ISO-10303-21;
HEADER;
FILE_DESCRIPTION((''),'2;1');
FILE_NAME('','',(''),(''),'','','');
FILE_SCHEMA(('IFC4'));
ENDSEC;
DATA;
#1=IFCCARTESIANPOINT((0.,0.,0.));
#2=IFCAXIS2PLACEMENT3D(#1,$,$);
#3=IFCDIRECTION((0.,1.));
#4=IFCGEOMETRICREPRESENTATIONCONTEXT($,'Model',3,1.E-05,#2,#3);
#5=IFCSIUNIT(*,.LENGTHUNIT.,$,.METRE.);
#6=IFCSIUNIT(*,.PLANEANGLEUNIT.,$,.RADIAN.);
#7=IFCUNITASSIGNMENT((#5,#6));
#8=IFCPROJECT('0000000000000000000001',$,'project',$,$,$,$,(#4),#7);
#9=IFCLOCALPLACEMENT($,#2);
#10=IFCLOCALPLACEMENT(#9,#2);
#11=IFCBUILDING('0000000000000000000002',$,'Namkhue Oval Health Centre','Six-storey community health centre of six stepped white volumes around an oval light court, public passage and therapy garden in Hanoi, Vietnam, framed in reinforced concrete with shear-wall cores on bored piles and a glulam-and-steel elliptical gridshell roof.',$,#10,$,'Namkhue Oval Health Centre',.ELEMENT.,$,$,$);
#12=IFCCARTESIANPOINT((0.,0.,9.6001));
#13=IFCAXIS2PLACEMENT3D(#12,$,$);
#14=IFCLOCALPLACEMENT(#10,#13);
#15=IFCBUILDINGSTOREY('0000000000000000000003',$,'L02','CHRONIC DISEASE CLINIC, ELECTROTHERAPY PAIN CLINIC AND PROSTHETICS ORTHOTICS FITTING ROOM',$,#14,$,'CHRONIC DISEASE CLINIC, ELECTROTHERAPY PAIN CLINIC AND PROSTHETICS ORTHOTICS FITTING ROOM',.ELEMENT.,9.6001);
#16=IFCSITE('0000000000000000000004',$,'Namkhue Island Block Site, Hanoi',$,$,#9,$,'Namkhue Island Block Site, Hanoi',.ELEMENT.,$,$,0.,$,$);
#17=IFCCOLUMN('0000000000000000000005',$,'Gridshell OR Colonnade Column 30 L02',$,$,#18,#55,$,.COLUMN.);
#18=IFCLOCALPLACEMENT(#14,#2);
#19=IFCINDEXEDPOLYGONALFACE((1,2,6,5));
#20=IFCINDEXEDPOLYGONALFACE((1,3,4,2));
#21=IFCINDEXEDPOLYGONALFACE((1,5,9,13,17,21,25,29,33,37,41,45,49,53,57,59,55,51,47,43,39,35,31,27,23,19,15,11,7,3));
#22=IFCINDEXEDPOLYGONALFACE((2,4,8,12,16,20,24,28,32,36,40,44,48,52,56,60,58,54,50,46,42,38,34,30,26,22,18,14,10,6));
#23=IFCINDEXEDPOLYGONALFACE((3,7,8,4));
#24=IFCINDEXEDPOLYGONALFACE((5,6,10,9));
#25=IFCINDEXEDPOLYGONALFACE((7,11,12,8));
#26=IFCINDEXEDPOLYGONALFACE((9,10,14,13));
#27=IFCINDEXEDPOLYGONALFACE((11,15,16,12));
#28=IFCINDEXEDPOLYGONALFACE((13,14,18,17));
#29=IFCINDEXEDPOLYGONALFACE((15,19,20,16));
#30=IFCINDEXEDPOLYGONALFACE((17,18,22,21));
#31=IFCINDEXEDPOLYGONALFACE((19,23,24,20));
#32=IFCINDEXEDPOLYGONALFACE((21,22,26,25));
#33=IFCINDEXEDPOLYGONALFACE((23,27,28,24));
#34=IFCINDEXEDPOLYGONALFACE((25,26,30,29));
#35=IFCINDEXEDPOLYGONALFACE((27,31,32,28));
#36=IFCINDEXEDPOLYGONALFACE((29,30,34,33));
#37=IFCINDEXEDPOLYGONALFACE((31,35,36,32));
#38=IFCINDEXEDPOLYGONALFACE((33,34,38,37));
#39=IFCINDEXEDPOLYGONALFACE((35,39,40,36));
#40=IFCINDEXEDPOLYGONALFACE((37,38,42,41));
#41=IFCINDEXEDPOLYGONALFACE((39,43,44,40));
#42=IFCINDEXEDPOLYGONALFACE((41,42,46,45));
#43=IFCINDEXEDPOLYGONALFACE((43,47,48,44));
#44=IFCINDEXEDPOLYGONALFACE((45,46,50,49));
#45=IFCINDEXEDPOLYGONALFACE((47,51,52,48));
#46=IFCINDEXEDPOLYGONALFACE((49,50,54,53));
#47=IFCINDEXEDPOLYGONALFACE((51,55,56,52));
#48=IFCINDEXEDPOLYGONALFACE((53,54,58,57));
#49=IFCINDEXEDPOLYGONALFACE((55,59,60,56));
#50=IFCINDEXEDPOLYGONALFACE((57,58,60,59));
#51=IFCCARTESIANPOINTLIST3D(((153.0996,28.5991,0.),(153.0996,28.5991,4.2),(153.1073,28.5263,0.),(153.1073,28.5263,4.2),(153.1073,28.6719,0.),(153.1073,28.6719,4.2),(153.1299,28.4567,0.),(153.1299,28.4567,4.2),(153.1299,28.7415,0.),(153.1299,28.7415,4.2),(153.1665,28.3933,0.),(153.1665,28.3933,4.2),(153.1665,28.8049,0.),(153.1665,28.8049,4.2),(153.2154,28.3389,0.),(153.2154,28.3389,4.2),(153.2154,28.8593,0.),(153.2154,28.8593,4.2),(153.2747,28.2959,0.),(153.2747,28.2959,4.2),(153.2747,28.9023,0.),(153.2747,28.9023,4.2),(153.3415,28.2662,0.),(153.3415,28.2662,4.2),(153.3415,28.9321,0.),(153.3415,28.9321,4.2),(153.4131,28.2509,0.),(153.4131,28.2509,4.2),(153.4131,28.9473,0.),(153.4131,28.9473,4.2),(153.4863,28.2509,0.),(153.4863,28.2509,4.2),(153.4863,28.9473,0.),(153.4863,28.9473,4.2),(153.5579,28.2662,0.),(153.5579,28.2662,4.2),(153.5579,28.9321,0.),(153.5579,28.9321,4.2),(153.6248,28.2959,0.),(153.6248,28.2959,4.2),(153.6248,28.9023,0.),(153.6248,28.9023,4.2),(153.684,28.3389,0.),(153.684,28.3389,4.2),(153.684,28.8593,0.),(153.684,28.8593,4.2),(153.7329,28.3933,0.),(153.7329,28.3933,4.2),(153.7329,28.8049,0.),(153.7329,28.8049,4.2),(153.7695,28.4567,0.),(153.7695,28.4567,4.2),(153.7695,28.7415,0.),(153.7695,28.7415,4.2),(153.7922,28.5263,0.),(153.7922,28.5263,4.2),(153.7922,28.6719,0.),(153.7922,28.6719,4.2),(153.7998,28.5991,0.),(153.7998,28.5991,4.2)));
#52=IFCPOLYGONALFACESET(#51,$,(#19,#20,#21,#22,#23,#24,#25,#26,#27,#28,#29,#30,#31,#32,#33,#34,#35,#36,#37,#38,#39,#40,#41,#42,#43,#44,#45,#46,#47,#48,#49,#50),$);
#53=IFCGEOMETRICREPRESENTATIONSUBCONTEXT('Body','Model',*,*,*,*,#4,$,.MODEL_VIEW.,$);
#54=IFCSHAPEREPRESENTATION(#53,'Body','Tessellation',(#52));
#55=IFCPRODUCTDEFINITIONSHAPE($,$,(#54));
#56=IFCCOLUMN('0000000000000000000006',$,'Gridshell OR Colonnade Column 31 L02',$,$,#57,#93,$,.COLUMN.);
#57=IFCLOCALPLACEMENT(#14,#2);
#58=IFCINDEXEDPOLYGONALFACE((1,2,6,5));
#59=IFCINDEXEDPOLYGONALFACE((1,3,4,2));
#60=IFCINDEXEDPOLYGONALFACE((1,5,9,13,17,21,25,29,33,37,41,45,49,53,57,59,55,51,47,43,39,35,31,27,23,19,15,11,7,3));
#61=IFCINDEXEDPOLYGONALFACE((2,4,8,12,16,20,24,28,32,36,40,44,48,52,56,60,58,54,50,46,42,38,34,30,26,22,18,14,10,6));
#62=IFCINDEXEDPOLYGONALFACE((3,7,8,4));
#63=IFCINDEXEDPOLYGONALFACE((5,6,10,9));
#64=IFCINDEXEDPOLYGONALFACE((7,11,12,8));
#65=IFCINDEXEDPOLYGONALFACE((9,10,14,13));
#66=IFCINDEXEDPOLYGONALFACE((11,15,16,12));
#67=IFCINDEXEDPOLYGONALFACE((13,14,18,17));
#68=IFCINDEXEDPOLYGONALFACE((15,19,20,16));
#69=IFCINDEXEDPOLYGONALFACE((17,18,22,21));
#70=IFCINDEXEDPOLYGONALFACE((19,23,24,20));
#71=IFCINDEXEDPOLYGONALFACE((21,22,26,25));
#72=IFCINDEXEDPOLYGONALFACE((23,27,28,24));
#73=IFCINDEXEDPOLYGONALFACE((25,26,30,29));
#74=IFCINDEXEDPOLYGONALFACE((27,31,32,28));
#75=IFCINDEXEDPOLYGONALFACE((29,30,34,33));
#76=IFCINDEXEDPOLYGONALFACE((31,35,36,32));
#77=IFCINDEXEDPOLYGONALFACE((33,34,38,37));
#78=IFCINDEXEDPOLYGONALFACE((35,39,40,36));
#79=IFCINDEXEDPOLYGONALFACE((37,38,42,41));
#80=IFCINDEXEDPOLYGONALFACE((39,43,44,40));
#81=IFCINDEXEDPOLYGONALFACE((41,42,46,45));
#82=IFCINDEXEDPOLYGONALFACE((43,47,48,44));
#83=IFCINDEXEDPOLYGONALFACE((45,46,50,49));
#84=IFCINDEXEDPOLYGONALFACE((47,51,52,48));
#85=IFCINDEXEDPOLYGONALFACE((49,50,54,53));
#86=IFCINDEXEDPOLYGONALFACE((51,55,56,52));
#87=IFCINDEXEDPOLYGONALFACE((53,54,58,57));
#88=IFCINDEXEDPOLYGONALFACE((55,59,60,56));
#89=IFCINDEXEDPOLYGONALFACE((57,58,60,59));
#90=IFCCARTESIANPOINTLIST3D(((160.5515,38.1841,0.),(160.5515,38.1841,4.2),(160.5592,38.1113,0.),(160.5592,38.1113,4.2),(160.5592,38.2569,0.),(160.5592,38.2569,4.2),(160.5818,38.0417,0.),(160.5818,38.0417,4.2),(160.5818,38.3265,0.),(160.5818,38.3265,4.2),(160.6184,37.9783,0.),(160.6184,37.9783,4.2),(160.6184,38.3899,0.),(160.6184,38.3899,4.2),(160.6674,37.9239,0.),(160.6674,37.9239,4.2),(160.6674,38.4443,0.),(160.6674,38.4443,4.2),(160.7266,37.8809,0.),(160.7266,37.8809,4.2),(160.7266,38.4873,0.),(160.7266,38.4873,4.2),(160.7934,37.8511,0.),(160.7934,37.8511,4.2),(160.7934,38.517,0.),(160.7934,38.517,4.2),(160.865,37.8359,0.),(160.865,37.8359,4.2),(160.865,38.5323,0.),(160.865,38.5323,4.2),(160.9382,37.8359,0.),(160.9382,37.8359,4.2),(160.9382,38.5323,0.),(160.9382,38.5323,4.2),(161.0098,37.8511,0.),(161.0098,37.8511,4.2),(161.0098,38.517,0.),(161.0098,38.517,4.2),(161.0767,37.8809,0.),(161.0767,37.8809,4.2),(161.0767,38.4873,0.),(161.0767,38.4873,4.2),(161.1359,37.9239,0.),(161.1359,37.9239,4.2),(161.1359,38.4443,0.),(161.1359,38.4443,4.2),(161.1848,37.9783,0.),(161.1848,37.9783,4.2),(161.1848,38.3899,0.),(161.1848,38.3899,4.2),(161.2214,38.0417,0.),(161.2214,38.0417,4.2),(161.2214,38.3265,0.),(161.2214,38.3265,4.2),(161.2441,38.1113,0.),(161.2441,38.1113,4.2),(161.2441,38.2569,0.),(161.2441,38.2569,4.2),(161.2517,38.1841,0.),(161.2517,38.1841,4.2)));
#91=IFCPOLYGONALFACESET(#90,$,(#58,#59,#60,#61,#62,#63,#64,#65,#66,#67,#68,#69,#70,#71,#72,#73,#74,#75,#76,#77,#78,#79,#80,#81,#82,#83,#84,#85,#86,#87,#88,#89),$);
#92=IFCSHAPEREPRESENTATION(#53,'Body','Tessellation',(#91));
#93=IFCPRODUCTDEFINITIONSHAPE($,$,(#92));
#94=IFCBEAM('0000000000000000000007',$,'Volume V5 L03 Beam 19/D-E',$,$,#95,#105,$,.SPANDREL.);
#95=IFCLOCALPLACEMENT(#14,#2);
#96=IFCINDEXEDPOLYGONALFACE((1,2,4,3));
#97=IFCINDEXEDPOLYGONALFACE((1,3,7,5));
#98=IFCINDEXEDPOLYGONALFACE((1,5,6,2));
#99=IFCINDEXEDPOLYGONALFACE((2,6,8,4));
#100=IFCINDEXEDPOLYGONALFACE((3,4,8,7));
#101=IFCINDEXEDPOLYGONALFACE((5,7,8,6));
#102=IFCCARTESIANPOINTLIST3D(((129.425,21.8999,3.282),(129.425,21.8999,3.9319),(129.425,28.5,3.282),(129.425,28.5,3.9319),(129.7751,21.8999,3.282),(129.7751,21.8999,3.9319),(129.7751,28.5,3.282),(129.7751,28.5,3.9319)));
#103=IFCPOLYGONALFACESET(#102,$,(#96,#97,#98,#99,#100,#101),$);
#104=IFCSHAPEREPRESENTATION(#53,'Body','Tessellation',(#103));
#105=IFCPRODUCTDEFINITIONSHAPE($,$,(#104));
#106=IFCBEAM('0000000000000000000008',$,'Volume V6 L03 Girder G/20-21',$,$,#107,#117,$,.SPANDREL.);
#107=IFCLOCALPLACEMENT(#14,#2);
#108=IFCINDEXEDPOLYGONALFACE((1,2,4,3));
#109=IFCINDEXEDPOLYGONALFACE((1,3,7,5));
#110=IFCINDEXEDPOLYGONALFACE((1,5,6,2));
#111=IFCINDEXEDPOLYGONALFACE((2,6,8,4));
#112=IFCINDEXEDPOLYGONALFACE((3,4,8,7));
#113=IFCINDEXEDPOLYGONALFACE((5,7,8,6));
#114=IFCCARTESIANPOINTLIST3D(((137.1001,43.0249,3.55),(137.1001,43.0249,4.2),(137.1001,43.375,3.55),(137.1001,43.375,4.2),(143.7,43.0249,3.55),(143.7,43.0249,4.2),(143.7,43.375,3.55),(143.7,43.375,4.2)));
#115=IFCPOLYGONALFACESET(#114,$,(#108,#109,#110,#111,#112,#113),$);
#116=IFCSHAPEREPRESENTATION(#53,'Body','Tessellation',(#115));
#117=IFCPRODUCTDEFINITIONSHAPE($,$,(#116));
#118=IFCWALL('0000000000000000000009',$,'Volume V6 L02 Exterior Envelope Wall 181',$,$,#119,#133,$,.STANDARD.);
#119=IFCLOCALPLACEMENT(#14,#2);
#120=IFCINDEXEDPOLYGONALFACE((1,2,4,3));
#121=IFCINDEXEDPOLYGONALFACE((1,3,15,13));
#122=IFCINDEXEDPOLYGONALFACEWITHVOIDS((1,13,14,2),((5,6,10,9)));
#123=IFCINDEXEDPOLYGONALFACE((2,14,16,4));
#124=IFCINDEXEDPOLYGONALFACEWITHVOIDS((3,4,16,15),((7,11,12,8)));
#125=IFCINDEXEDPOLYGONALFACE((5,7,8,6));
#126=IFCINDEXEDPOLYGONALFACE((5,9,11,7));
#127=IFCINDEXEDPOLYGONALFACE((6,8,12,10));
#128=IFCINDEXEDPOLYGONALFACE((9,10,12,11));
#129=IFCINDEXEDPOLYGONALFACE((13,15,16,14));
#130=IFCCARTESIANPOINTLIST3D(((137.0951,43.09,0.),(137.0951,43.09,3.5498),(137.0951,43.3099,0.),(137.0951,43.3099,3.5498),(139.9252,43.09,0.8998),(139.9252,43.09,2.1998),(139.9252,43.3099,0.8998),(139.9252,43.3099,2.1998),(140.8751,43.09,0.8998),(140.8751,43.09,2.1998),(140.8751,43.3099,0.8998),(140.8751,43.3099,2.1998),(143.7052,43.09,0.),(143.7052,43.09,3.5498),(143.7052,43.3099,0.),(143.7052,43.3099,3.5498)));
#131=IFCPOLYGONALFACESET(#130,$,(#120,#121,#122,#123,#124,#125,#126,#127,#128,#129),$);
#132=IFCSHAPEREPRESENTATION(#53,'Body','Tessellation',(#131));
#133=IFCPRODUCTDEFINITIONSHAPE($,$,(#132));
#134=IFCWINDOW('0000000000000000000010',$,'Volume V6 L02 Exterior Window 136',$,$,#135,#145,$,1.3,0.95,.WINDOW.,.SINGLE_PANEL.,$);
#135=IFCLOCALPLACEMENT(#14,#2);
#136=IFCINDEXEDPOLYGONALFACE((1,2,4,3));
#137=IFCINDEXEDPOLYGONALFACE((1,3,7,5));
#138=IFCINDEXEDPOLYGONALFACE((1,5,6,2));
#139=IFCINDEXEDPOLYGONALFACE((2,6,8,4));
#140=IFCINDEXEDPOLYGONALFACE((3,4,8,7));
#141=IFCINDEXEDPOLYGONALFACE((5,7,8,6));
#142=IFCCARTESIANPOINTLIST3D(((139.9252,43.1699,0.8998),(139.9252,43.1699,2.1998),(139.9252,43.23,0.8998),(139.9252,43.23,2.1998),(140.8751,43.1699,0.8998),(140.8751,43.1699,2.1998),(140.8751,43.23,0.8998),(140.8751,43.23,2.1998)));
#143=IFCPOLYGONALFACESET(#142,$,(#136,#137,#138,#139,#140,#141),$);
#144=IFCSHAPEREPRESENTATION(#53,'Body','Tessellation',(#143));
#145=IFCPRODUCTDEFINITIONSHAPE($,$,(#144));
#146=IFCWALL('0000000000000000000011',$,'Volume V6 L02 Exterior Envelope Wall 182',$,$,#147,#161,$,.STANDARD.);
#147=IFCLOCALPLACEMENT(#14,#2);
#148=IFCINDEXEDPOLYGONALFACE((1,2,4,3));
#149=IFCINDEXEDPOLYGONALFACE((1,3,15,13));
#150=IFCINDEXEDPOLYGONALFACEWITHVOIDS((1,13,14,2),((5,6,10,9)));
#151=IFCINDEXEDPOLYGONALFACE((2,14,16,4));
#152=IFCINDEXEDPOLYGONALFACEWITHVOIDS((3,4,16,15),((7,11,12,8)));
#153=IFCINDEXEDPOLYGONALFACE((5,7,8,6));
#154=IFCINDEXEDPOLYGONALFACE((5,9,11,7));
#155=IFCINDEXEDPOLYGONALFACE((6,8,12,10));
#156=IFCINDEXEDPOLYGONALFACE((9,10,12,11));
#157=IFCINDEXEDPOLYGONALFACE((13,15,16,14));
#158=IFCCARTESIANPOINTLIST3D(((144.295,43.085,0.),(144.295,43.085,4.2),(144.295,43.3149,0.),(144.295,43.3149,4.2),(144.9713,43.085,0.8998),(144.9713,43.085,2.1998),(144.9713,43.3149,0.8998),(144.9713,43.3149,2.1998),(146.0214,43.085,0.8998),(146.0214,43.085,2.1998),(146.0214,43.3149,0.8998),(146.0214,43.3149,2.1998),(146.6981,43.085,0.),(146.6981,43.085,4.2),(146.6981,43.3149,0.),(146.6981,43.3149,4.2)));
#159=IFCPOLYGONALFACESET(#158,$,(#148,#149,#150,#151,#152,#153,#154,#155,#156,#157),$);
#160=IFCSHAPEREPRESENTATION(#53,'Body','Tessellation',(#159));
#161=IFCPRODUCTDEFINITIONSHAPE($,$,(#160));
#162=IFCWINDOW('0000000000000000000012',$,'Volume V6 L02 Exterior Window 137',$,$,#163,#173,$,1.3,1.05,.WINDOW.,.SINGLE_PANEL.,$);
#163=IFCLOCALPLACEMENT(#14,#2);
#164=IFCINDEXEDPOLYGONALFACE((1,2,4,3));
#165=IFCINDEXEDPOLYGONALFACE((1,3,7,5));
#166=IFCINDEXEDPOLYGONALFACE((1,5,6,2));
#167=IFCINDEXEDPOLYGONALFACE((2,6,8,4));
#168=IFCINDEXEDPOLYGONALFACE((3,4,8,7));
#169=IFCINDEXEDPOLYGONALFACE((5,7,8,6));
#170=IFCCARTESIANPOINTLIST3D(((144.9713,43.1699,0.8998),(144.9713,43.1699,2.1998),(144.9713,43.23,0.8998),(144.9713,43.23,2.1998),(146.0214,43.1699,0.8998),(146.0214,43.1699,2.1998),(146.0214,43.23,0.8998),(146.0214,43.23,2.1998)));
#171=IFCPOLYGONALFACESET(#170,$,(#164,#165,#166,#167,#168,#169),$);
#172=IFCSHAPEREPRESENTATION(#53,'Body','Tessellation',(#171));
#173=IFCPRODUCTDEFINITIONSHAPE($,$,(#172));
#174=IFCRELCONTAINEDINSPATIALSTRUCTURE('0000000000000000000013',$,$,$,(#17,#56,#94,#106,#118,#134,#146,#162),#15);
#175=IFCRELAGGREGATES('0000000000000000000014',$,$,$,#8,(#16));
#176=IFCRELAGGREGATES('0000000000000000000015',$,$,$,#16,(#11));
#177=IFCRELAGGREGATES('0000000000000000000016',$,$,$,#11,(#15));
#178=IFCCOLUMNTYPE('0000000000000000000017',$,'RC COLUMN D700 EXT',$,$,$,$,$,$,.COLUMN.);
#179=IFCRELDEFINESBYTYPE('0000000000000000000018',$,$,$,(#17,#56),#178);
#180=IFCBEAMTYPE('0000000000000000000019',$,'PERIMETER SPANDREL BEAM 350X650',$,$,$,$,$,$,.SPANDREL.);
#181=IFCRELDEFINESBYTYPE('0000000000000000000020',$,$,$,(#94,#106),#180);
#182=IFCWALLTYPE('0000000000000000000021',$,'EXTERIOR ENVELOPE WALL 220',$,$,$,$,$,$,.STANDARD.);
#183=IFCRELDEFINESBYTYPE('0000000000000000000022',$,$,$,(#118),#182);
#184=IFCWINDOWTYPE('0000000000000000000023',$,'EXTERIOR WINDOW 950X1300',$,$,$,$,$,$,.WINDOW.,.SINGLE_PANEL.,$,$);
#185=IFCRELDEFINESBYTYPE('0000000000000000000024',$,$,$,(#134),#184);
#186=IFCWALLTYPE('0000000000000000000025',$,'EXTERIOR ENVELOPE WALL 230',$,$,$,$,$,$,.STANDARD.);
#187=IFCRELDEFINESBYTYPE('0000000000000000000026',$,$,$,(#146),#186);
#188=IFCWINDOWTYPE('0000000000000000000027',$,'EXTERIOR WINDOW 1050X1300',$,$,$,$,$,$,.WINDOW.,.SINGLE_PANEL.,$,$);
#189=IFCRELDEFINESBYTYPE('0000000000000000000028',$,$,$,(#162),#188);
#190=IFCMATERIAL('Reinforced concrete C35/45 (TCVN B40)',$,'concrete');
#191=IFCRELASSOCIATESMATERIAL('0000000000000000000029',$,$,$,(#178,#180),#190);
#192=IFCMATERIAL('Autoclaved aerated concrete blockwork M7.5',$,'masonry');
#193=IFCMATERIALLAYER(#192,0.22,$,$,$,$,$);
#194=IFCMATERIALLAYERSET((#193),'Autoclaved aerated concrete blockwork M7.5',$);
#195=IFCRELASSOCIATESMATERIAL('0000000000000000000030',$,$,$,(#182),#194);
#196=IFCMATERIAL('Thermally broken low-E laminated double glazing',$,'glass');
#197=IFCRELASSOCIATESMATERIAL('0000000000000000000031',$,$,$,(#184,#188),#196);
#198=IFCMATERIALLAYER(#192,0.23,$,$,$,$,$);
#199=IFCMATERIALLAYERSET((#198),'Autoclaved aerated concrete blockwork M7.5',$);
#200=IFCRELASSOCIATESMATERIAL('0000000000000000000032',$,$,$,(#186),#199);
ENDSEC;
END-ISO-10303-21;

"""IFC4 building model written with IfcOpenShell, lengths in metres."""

from ifc_helpers import new_model, si_unit, direction, frame, frame_2d, origin, origin_2d, place, context, subcontext, project, spatial, rectangle, circle, extrude, material, layer, layer_set, material_profile, profile_set, type_object, element, fill, save


model = new_model("IFC4")

# Units and contexts
model_context = context("Model", 3, precision=1e-05, world=origin(), true_north=direction((0.0, 1.0)))
body_context = subcontext(model_context, "Body", "Model", "MODEL_VIEW")
ifc_project = project(units=[si_unit("LENGTHUNIT", "METRE"), si_unit("PLANEANGLEUNIT", "RADIAN")], contexts=[model_context])

# Site, building, storey
site_placement = place(None, origin())
site = spatial("IfcSite", under=ifc_project, at=site_placement, Name="Namkhue Island Block Site, Hanoi", LongName="Namkhue Island Block Site, Hanoi", CompositionType="ELEMENT", RefElevation=0.0)
building_placement = place(site_placement, origin())
building = spatial("IfcBuilding", under=site, at=building_placement, Name="Namkhue Oval Health Centre", Description="Six-storey community health centre of six stepped white volumes around an oval light court, public passage and therapy garden in Hanoi, Vietnam, framed in reinforced concrete with shear-wall cores on bored piles and a glulam-and-steel elliptical gridshell roof.", LongName="Namkhue Oval Health Centre", CompositionType="ELEMENT")
storey_placement = place(building_placement, frame((0.0, 0.0, 9.6001)))
storey = spatial("IfcBuildingStorey", under=building, at=storey_placement, Name="L02", Description="CHRONIC DISEASE CLINIC, ELECTROTHERAPY PAIN CLINIC AND PROSTHETICS ORTHOTICS FITTING ROOM", LongName="CHRONIC DISEASE CLINIC, ELECTROTHERAPY PAIN CLINIC AND PROSTHETICS ORTHOTICS FITTING ROOM", CompositionType="ELEMENT", Elevation=9.6001)

# Columns
ifc_material_1 = material(Name="Reinforced concrete C35/45 (TCVN B40)", Category="concrete")
ifc_material_profile_1 = material_profile(ifc_material_1, circle(Radius=0.3501, at=origin_2d()), Name="RC D700")
ifc_profile_set_1 = profile_set([ifc_material_profile_1], Name="Reinforced concrete C35/45 (TCVN B40)")
column_type_1 = type_object("IfcColumnType", Name="RC COLUMN D700 EXT", PredefinedType="COLUMN", material=ifc_profile_set_1)
for number, where, z_axis, x_axis, name in (
    (1, (153.4497, 28.5991, 0.0), (0.0, 0.0, 1.0), (1.0, 0.0, 0.0), "Gridshell OR Colonnade Column 30 L02"),
    (2, (160.9016, 38.1841, 0.0), (0.0, 0.0, 1.0), (1.0, 0.0, 0.0), "Gridshell OR Colonnade Column 31 L02"),
):
    element("IfcColumn", number, at=place(storey_placement, frame(where, z_axis=z_axis, x_axis=x_axis)), inside=storey, type_object=column_type_1, Name=name, PredefinedType="COLUMN", context=body_context, shape_type="SweptSolid", body=[
        extrude(circle(Radius=0.3501, at=origin_2d()), origin(), (0.0, 0.0, 1.0), 4.2),
    ])

# Beams
ifc_material_profile_2 = material_profile(ifc_material_1, rectangle(XDim=0.3501, YDim=0.6499, at=origin_2d()), Name="RC 350x650")
ifc_profile_set_2 = profile_set([ifc_material_profile_2], Name="Reinforced concrete C35/45 (TCVN B40)")
beam_type = type_object("IfcBeamType", Name="PERIMETER SPANDREL BEAM 350X650", PredefinedType="SPANDREL", material=ifc_profile_set_2)
beam_1_placement = place(storey_placement, frame((129.6001, 21.8999, 3.6069), z_axis=(0.0, 1.0, 0.0), x_axis=(-1.0, 0.0, 0.0)))
element("IfcBeam", 3, at=beam_1_placement, inside=storey, type_object=beam_type, Name="Volume V5 L03 Beam 19/D-E", PredefinedType="SPANDREL", context=body_context, shape_type="SweptSolid", body=[
    extrude(rectangle(XDim=0.3501, YDim=0.6499, at=origin_2d()), origin(), (0.0, 0.0, 1.0), 6.6001),
])
beam_2_placement = place(storey_placement, frame((137.1001, 43.2, 3.875), z_axis=(1.0, 0.0, 0.0), x_axis=(0.0, 1.0, 0.0)))
element("IfcBeam", 4, at=beam_2_placement, inside=storey, type_object=beam_type, Name="Volume V6 L03 Girder G/20-21", PredefinedType="SPANDREL", context=body_context, shape_type="SweptSolid", body=[
    extrude(rectangle(XDim=0.3501, YDim=0.6499, at=origin_2d()), origin(), (0.0, 0.0, 1.0), 6.5999),
])

# Shared definitions
ifc_material_2 = material(Name="Autoclaved aerated concrete blockwork M7.5", Category="masonry")
ifc_layer_1 = layer(ifc_material_2, 0.22)
ifc_layer_set_1 = layer_set([ifc_layer_1], Name="Autoclaved aerated concrete blockwork M7.5")
wall_type_1 = type_object("IfcWallType", Name="EXTERIOR ENVELOPE WALL 220", PredefinedType="STANDARD", material=ifc_layer_set_1)

# Walls, openings, windows
wall_1_placement = place(storey_placement, frame((137.095, 43.2, 0.0), z_axis=(0.0, 0.0, 1.0), x_axis=(1.0, 0.0, 0.0)))
wall_1 = element("IfcWall", 5, at=wall_1_placement, inside=storey, type_object=wall_type_1, Name="Volume V6 L02 Exterior Envelope Wall 181", PredefinedType="STANDARD", context=body_context, shape_type="SweptSolid", body=[
    extrude(rectangle(XDim=6.6101, YDim=0.22, at=frame_2d((3.3052, 0.0))), origin(), (0.0, 0.0, 1.0), 3.5498),
])
opening_1_placement = place(wall_1_placement, frame((2.8301, 0.0, 0.8999)))
opening_1 = element("IfcOpeningElement", 6, at=opening_1_placement, cuts=wall_1, PredefinedType="OPENING", context=body_context, shape_type="SweptSolid", body=[
    extrude(rectangle(XDim=0.95, YDim=1.3, at=frame_2d((0.4751, 0.6499))), frame((0.0, 0.1199, 0.0), z_axis=(0.0, -1.0, 0.0), x_axis=(1.0, 0.0, 0.0)), (0.0, 0.0, 1.0), 0.24),
])
ifc_material_3 = material(Name="Thermally broken low-E laminated double glazing", Category="glass")
window_type_1 = type_object("IfcWindowType", Name="EXTERIOR WINDOW 950X1300", PartitioningType="SINGLE_PANEL", PredefinedType="WINDOW", material=ifc_material_3)
window_1_placement = place(opening_1_placement, origin())
window_1 = element("IfcWindow", 7, at=window_1_placement, inside=storey, type_object=window_type_1, Name="Volume V6 L02 Exterior Window 136", OverallHeight=1.3, OverallWidth=0.95, PartitioningType="SINGLE_PANEL", PredefinedType="WINDOW", context=body_context, shape_type="SweptSolid", body=[
    extrude(rectangle(XDim=0.95, YDim=1.3, at=frame_2d((0.4751, 0.6499))), frame((0.0, 0.03, 0.0), z_axis=(0.0, -1.0, 0.0), x_axis=(1.0, 0.0, 0.0)), (0.0, 0.0, 1.0), 0.0601),
])
fill(opening_1, window_1)
ifc_layer_2 = layer(ifc_material_2, 0.23)
ifc_layer_set_2 = layer_set([ifc_layer_2], Name="Autoclaved aerated concrete blockwork M7.5")
wall_type_2 = type_object("IfcWallType", Name="EXTERIOR ENVELOPE WALL 230", PredefinedType="STANDARD", material=ifc_layer_set_2)
wall_2_placement = place(storey_placement, frame((144.2949, 43.2, 0.0), z_axis=(0.0, 0.0, 1.0), x_axis=(1.0, 0.0, 0.0)))
wall_2 = element("IfcWall", 8, at=wall_2_placement, inside=storey, type_object=wall_type_2, Name="Volume V6 L02 Exterior Envelope Wall 182", PredefinedType="STANDARD", context=body_context, shape_type="SweptSolid", body=[
    extrude(rectangle(XDim=2.4031, YDim=0.23, at=frame_2d((1.2017, 0.0))), origin(), (0.0, 0.0, 1.0), 4.2),
])
opening_2_placement = place(wall_2_placement, frame((0.6765, 0.0, 0.8999)))
opening_2 = element("IfcOpeningElement", 9, at=opening_2_placement, cuts=wall_2, PredefinedType="OPENING", context=body_context, shape_type="SweptSolid", body=[
    extrude(rectangle(XDim=1.05, YDim=1.3, at=frame_2d((0.5249, 0.6499))), frame((0.0, 0.125, 0.0), z_axis=(0.0, -1.0, 0.0), x_axis=(1.0, 0.0, 0.0)), (0.0, 0.0, 1.0), 0.25),
])
window_type_2 = type_object("IfcWindowType", Name="EXTERIOR WINDOW 1050X1300", PartitioningType="SINGLE_PANEL", PredefinedType="WINDOW", material=ifc_material_3)
window_2_placement = place(opening_2_placement, origin())
window_2 = element("IfcWindow", 10, at=window_2_placement, inside=storey, type_object=window_type_2, Name="Volume V6 L02 Exterior Window 137", OverallHeight=1.3, OverallWidth=1.05, PartitioningType="SINGLE_PANEL", PredefinedType="WINDOW", context=body_context, shape_type="SweptSolid", body=[
    extrude(rectangle(XDim=1.05, YDim=1.3, at=frame_2d((0.5249, 0.6499))), frame((0.0, 0.03, 0.0), z_axis=(0.0, -1.0, 0.0), x_axis=(1.0, 0.0, 0.0)), (0.0, 0.0, 1.0), 0.0601),
])
fill(opening_2, window_2)

save(model, "model.ifc")
